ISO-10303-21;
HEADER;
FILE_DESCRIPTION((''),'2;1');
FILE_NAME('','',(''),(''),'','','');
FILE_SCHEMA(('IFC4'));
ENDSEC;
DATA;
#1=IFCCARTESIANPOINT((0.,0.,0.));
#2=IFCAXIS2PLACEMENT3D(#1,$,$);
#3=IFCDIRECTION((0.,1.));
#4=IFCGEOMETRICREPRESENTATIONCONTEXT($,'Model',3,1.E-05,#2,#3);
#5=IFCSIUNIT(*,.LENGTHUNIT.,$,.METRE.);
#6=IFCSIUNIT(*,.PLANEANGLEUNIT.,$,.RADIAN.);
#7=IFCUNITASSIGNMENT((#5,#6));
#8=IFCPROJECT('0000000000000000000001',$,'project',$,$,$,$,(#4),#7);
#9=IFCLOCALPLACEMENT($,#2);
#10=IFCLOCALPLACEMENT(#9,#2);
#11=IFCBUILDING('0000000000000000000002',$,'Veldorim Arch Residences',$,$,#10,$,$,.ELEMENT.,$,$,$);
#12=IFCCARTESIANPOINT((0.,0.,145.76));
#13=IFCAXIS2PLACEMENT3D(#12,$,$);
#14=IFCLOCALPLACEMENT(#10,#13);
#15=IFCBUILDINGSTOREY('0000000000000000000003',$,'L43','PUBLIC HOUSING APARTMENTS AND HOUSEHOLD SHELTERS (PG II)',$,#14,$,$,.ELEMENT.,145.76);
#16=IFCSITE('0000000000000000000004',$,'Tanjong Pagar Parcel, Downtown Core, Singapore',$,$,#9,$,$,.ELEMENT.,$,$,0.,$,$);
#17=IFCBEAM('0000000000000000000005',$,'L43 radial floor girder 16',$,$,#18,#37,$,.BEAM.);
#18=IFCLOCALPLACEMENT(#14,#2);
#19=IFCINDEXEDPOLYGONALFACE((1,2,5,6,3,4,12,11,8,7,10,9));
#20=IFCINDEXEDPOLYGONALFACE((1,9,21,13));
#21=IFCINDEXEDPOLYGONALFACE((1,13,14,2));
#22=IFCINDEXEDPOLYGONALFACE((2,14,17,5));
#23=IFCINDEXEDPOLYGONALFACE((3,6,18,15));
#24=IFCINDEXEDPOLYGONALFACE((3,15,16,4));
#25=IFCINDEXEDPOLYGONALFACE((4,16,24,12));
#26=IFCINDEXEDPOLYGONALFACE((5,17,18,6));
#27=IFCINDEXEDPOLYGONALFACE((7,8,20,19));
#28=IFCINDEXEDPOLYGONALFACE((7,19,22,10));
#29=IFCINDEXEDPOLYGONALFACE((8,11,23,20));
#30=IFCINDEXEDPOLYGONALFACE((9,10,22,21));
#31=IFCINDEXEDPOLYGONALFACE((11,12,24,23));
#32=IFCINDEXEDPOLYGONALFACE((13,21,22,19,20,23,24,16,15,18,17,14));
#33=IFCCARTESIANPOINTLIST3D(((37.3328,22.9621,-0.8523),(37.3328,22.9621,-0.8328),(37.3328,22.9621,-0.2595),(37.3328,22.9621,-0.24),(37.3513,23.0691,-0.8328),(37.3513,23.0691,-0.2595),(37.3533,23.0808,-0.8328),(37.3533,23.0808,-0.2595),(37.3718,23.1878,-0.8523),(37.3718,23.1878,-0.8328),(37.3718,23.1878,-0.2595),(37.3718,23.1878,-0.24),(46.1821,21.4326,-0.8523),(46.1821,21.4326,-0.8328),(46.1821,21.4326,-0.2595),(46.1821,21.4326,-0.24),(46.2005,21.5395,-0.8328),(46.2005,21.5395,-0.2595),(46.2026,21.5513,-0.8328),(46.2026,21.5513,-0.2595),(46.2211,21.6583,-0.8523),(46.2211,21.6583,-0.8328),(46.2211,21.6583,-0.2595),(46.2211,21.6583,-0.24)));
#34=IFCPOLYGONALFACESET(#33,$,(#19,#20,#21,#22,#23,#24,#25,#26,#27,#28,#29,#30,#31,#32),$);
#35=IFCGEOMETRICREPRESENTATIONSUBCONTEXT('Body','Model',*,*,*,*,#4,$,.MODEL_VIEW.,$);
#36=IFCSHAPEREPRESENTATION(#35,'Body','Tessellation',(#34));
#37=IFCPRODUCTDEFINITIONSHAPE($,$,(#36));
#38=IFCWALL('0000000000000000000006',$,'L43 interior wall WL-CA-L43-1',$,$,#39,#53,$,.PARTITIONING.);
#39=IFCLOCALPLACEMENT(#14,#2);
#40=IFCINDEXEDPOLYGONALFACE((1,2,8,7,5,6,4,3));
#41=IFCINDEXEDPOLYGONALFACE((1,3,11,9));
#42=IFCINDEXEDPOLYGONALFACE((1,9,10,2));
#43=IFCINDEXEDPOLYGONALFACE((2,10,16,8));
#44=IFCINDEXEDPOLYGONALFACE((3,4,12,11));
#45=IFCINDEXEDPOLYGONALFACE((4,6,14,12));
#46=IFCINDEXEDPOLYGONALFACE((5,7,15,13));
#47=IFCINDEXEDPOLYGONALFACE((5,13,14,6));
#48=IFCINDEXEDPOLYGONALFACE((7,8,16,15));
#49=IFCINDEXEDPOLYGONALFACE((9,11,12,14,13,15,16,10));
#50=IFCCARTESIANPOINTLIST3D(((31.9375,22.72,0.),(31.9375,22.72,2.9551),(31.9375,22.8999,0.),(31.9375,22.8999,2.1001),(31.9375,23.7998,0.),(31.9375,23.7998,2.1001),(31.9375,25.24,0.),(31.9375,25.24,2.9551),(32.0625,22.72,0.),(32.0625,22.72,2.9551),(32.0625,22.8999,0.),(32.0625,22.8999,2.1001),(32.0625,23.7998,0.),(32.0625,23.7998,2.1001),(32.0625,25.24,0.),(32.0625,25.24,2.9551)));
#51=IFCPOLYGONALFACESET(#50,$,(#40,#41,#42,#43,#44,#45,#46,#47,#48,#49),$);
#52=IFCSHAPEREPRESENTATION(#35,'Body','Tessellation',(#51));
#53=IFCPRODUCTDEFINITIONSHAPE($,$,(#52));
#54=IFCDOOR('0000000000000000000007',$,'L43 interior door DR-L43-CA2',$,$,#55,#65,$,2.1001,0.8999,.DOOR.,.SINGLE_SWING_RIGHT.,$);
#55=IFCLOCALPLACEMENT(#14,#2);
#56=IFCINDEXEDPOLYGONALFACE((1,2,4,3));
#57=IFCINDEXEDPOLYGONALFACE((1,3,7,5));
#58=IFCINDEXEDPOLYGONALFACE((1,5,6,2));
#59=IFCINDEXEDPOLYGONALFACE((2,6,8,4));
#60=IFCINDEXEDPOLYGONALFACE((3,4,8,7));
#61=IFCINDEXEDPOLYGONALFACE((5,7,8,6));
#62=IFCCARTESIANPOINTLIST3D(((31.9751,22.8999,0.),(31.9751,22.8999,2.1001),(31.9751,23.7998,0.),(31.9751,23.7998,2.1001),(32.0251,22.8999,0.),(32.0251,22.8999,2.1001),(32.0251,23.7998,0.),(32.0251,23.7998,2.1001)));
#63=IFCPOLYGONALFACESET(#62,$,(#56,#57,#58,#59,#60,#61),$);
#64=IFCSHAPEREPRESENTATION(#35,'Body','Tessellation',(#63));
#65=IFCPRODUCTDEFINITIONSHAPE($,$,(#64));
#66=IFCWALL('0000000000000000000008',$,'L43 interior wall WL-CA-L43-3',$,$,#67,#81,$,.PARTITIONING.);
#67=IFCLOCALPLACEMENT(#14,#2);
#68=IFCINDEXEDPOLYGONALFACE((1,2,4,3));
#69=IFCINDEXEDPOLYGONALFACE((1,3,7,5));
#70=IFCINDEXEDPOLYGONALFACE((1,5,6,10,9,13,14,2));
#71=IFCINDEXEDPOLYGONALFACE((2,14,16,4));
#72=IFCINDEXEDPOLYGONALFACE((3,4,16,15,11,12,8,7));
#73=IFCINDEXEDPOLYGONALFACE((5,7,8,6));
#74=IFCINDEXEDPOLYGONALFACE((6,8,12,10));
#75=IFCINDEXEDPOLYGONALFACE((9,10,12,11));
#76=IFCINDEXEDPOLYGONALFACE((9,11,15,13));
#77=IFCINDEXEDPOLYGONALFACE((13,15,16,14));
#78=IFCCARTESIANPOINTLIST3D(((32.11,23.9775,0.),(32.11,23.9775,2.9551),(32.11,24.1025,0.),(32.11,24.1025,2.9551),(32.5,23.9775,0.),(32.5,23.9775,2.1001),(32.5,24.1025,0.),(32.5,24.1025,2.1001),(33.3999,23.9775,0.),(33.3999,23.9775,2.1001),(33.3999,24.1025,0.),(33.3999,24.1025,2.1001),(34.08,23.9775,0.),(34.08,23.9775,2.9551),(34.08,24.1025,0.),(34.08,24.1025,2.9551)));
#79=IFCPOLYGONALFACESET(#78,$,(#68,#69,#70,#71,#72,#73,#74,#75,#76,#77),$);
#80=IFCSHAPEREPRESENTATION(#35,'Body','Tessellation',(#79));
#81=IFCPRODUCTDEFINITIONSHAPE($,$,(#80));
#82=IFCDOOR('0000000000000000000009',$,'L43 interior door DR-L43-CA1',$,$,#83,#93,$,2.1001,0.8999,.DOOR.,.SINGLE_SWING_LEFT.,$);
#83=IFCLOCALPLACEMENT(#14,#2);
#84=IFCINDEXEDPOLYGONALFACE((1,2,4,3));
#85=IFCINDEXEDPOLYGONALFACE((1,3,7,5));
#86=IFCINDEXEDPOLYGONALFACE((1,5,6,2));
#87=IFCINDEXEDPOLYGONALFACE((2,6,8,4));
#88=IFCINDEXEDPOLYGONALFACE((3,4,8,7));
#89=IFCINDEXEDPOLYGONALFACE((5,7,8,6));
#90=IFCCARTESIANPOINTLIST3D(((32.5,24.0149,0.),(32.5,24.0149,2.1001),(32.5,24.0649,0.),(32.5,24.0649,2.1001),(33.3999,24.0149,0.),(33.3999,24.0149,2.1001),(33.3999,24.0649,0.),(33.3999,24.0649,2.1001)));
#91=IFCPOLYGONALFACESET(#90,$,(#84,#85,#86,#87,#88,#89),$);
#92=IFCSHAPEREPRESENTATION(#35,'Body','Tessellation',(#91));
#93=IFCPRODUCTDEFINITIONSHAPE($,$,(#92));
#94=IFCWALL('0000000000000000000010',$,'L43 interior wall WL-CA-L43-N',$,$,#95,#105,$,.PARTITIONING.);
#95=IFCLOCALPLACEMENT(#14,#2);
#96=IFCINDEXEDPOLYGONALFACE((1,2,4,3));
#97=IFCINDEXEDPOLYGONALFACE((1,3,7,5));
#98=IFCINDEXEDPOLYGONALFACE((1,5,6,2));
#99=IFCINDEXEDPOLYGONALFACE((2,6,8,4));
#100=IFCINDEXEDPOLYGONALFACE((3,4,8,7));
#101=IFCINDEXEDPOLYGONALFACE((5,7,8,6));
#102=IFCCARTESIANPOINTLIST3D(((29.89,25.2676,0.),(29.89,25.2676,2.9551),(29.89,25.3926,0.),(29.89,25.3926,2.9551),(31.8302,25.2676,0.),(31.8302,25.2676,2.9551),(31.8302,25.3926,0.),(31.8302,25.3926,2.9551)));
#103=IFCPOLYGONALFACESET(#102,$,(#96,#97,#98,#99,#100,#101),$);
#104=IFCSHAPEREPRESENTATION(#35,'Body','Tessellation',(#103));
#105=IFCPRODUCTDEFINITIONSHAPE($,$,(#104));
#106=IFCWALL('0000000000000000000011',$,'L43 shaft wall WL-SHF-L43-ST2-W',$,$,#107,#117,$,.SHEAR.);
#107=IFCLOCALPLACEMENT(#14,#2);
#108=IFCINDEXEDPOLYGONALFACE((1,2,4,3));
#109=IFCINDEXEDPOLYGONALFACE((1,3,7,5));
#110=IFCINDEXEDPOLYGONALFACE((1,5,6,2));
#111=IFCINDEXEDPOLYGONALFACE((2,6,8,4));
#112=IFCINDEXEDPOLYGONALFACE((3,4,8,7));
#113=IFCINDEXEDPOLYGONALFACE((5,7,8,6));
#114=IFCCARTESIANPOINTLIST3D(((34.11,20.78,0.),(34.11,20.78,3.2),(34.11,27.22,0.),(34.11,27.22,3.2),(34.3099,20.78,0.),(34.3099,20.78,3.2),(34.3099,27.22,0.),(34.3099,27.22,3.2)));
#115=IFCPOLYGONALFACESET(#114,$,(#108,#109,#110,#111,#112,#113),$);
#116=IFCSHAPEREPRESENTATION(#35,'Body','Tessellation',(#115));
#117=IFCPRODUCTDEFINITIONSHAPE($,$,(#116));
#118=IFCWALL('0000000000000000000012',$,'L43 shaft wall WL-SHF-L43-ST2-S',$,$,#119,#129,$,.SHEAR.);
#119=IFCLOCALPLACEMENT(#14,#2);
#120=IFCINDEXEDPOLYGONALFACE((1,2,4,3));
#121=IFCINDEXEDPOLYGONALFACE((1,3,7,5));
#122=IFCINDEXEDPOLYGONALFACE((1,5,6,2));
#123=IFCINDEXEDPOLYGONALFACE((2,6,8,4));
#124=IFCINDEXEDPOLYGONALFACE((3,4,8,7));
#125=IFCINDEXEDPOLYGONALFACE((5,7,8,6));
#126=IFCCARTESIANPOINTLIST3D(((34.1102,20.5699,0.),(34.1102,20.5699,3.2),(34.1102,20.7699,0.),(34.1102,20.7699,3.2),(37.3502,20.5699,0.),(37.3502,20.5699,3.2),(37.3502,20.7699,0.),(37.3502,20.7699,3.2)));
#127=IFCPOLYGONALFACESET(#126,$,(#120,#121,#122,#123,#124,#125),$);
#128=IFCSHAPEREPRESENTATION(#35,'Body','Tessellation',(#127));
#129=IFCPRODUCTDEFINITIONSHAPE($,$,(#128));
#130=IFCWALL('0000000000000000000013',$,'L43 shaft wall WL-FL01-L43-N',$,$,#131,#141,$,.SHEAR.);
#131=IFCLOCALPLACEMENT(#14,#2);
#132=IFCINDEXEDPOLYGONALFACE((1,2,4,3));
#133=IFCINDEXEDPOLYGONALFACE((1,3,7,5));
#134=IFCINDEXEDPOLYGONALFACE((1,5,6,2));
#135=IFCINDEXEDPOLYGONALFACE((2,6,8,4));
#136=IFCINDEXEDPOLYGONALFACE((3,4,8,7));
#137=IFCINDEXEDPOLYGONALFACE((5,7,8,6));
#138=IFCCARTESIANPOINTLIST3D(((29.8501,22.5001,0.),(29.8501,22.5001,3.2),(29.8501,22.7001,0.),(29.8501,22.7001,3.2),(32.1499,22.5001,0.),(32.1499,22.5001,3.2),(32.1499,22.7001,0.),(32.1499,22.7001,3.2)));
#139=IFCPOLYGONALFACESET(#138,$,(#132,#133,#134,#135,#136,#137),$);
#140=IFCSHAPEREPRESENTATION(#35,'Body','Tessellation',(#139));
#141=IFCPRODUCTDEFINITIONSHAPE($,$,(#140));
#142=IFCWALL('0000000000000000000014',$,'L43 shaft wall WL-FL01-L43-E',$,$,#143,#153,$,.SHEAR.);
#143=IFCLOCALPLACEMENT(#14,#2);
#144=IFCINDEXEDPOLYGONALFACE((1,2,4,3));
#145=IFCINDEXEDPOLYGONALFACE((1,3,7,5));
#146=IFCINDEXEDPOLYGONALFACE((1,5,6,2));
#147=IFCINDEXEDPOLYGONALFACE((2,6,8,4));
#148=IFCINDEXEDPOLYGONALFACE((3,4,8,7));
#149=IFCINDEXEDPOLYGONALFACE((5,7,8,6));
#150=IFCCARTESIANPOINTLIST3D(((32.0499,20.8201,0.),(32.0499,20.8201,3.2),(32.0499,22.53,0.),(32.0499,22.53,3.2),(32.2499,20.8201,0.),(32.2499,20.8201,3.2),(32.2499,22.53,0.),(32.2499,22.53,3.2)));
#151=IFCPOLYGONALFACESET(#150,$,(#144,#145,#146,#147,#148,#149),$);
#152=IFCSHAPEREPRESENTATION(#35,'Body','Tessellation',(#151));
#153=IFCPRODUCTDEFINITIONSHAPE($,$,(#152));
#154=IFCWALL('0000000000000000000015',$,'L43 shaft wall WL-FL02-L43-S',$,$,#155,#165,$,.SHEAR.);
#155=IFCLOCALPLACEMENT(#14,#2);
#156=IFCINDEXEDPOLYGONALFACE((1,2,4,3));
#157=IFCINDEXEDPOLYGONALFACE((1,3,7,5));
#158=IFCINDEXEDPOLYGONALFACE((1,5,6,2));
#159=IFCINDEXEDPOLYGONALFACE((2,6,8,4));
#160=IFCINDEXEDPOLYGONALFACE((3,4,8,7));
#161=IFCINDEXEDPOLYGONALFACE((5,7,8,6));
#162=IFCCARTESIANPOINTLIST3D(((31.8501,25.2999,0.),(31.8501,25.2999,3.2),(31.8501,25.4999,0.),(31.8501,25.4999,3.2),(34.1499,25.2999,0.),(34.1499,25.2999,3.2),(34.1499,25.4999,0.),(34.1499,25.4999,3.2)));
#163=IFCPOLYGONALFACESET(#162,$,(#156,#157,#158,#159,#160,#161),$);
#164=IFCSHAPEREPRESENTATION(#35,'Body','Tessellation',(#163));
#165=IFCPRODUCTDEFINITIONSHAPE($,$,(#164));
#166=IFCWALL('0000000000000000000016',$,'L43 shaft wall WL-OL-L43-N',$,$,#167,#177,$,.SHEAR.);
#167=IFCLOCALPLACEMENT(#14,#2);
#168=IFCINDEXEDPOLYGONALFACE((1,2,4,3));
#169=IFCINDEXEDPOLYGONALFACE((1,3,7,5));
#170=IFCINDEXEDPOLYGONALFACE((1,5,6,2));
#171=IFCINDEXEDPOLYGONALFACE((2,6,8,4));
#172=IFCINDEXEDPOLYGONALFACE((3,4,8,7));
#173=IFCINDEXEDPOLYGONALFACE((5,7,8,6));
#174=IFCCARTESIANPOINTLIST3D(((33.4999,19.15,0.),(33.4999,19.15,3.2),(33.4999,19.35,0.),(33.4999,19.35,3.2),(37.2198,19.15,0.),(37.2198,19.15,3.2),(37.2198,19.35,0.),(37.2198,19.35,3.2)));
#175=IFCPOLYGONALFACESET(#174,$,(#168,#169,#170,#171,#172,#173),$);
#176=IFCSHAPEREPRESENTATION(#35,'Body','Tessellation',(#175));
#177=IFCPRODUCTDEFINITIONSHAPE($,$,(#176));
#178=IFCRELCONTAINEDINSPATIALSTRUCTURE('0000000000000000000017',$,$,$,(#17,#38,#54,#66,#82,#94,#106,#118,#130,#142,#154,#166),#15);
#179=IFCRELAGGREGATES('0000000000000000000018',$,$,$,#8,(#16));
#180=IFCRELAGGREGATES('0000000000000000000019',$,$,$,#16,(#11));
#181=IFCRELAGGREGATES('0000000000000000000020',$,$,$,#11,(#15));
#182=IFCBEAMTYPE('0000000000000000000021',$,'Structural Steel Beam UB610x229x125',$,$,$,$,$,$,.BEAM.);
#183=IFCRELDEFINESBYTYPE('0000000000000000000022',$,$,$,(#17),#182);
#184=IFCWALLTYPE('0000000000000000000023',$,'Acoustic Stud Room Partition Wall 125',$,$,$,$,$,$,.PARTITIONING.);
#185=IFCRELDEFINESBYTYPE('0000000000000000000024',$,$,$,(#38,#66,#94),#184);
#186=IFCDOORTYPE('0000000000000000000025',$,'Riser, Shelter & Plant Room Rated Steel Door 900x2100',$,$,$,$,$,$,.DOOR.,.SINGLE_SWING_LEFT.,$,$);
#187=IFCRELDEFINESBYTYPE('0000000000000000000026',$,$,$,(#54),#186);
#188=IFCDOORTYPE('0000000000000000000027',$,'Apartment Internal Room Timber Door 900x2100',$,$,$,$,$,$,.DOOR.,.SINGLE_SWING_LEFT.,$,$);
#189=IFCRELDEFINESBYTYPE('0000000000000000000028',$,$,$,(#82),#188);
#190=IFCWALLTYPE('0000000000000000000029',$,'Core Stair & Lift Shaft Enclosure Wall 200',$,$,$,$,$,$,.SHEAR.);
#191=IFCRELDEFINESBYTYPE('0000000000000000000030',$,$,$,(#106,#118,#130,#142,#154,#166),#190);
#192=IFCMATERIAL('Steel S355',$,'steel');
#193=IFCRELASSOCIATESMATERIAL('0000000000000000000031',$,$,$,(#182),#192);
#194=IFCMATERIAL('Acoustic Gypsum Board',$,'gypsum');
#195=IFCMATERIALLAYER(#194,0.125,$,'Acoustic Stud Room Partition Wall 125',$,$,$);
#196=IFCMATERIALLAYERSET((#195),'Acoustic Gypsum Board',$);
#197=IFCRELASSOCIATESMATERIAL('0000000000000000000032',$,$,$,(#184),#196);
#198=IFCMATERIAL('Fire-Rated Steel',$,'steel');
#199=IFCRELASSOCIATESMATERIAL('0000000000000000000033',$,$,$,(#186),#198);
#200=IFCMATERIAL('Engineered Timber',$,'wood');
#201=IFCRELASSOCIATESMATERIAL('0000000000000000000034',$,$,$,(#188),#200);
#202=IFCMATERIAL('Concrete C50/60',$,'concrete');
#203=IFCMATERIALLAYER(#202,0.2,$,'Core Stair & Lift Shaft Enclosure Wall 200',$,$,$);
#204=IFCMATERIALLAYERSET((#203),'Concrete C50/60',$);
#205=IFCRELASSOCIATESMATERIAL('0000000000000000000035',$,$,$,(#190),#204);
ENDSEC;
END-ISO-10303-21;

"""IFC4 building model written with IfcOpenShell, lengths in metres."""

from ifc_helpers import new_model, si_unit, direction, frame, frame_2d, origin, origin_2d, place, context, subcontext, project, spatial, rectangle, i_section, extrude, material, layer, layer_set, material_profile, profile_set, type_object, element, fill, save


model = new_model("IFC4")

# Units and contexts
model_context = context("Model", 3, precision=1e-05, world=origin(), true_north=direction((0.0, 1.0)))
body_context = subcontext(model_context, "Body", "Model", "MODEL_VIEW")
ifc_project = project(units=[si_unit("LENGTHUNIT", "METRE"), si_unit("PLANEANGLEUNIT", "RADIAN")], contexts=[model_context])

# Site, building, storey
site_placement = place(None, origin())
site = spatial("IfcSite", under=ifc_project, at=site_placement, Name="Tanjong Pagar Parcel, Downtown Core, Singapore", CompositionType="ELEMENT", RefElevation=0.0)
building_placement = place(site_placement, origin())
building = spatial("IfcBuilding", under=site, at=building_placement, Name="Veldorim Arch Residences", CompositionType="ELEMENT")
storey_placement = place(building_placement, frame((0.0, 0.0, 145.76)))
storey = spatial("IfcBuildingStorey", under=building, at=storey_placement, Name="L43", Description="PUBLIC HOUSING APARTMENTS AND HOUSEHOLD SHELTERS (PG II)", CompositionType="ELEMENT", Elevation=145.76)

# Beam
ifc_material_1 = material(Name="Steel S355", Category="steel")
ifc_material_profile = material_profile(ifc_material_1, i_section(OverallWidth=0.229, OverallDepth=0.6123, WebThickness=0.012, FlangeThickness=0.0195, at=origin_2d()), Name="UB610x229x125")
ifc_profile_set = profile_set([ifc_material_profile], Name="Steel S355")
beam_type = type_object("IfcBeamType", Name="Structural Steel Beam UB610x229x125", PredefinedType="BEAM", material=ifc_profile_set)
beam_placement = place(storey_placement, frame((37.3523, 23.075, -0.5461), z_axis=(0.985389, -0.170317, 0.0), x_axis=(0.170317, 0.985389, 0.0)))
element("IfcBeam", 1, at=beam_placement, inside=storey, type_object=beam_type, Name="L43 radial floor girder 16", PredefinedType="BEAM", context=body_context, shape_type="SweptSolid", body=[
    extrude(i_section(OverallWidth=0.229, OverallDepth=0.6123, WebThickness=0.012, FlangeThickness=0.0195, at=origin_2d()), origin(), (0.0, 0.0, 1.0), 8.9805),
])

# Walls, openings, doors
ifc_material_2 = material(Name="Acoustic Gypsum Board", Category="gypsum")
ifc_layer_1 = layer(ifc_material_2, 0.125, Name="Acoustic Stud Room Partition Wall 125")
ifc_layer_set_1 = layer_set([ifc_layer_1], Name="Acoustic Gypsum Board")
wall_type_1 = type_object("IfcWallType", Name="Acoustic Stud Room Partition Wall 125", PredefinedType="PARTITIONING", material=ifc_layer_set_1)
wall_1_placement = place(storey_placement, frame((32.0, 22.72, 0.0), z_axis=(0.0, 0.0, 1.0), x_axis=(0.0, 1.0, 0.0)))
wall_1 = element("IfcWall", 2, at=wall_1_placement, inside=storey, type_object=wall_type_1, Name="L43 interior wall WL-CA-L43-1", PredefinedType="PARTITIONING", context=body_context, shape_type="SweptSolid", body=[
    extrude(rectangle(XDim=2.52, YDim=0.125, at=frame_2d((1.26, 0.0))), origin(), (0.0, 0.0, 1.0), 2.9551),
])
opening_1_placement = place(wall_1_placement, frame((0.1799, 0.0, 0.0)))
opening_1 = element("IfcOpeningElement", 3, at=opening_1_placement, cuts=wall_1, PredefinedType="OPENING", context=body_context, shape_type="SweptSolid", body=[
    extrude(rectangle(XDim=0.8999, YDim=2.1001, at=frame_2d((0.45, 1.05))), frame((0.0, 0.0725, 0.0), z_axis=(0.0, -1.0, 0.0), x_axis=(1.0, 0.0, 0.0)), (0.0, 0.0, 1.0), 0.145),
])
ifc_material_3 = material(Name="Fire-Rated Steel", Category="steel")
door_type_1 = type_object("IfcDoorType", Name="Riser, Shelter & Plant Room Rated Steel Door 900x2100", OperationType="SINGLE_SWING_LEFT", PredefinedType="DOOR", material=ifc_material_3)
door_1_placement = place(opening_1_placement, origin())
door_1 = element("IfcDoor", 4, at=door_1_placement, inside=storey, type_object=door_type_1, Name="L43 interior door DR-L43-CA2", OperationType="SINGLE_SWING_RIGHT", OverallHeight=2.1001, OverallWidth=0.8999, PredefinedType="DOOR", context=body_context, shape_type="SweptSolid", body=[
    extrude(rectangle(XDim=0.8999, YDim=2.1001, at=frame_2d((0.45, 1.05))), frame((0.0, 0.0249, 0.0), z_axis=(0.0, -1.0, 0.0), x_axis=(1.0, 0.0, 0.0)), (0.0, 0.0, 1.0), 0.05),
])
fill(opening_1, door_1)
wall_2_placement = place(storey_placement, frame((32.1101, 24.04, 0.0), z_axis=(0.0, 0.0, 1.0), x_axis=(1.0, 0.0, 0.0)))
wall_2 = element("IfcWall", 5, at=wall_2_placement, inside=storey, type_object=wall_type_1, Name="L43 interior wall WL-CA-L43-3", PredefinedType="PARTITIONING", context=body_context, shape_type="SweptSolid", body=[
    extrude(rectangle(XDim=1.97, YDim=0.125, at=frame_2d((0.9849, 0.0))), origin(), (0.0, 0.0, 1.0), 2.9551),
])
opening_2_placement = place(wall_2_placement, frame((0.3899, 0.0, 0.0)))
opening_2 = element("IfcOpeningElement", 6, at=opening_2_placement, cuts=wall_2, PredefinedType="OPENING", context=body_context, shape_type="SweptSolid", body=[
    extrude(rectangle(XDim=0.8999, YDim=2.1001, at=frame_2d((0.45, 1.05))), frame((0.0, 0.0725, 0.0), z_axis=(0.0, -1.0, 0.0), x_axis=(1.0, 0.0, 0.0)), (0.0, 0.0, 1.0), 0.145),
])
ifc_material_4 = material(Name="Engineered Timber", Category="wood")
door_type_2 = type_object("IfcDoorType", Name="Apartment Internal Room Timber Door 900x2100", OperationType="SINGLE_SWING_LEFT", PredefinedType="DOOR", material=ifc_material_4)
door_2_placement = place(opening_2_placement, origin())
door_2 = element("IfcDoor", 7, at=door_2_placement, inside=storey, type_object=door_type_2, Name="L43 interior door DR-L43-CA1", OperationType="SINGLE_SWING_LEFT", OverallHeight=2.1001, OverallWidth=0.8999, PredefinedType="DOOR", context=body_context, shape_type="SweptSolid", body=[
    extrude(rectangle(XDim=0.8999, YDim=2.1001, at=frame_2d((0.45, 1.05))), frame((0.0, 0.0249, 0.0), z_axis=(0.0, -1.0, 0.0), x_axis=(1.0, 0.0, 0.0)), (0.0, 0.0, 1.0), 0.05),
])
fill(opening_2, door_2)

# Walls
wall_3_placement = place(storey_placement, frame((29.8899, 25.3301, 0.0), z_axis=(0.0, 0.0, 1.0), x_axis=(1.0, 0.0, 0.0)))
element("IfcWall", 8, at=wall_3_placement, inside=storey, type_object=wall_type_1, Name="L43 interior wall WL-CA-L43-N", PredefinedType="PARTITIONING", context=body_context, shape_type="SweptSolid", body=[
    extrude(rectangle(XDim=1.9402, YDim=0.125, at=frame_2d((0.9702, 0.0))), origin(), (0.0, 0.0, 1.0), 2.9551),
])
ifc_material_5 = material(Name="Concrete C50/60", Category="concrete")
ifc_layer_2 = layer(ifc_material_5, 0.2, Name="Core Stair & Lift Shaft Enclosure Wall 200")
ifc_layer_set_2 = layer_set([ifc_layer_2], Name="Concrete C50/60")
wall_type_2 = type_object("IfcWallType", Name="Core Stair & Lift Shaft Enclosure Wall 200", PredefinedType="SHEAR", material=ifc_layer_set_2)
wall_4_placement = place(storey_placement, frame((34.21, 20.78, 0.0), z_axis=(0.0, 0.0, 1.0), x_axis=(0.0, 1.0, 0.0)))
element("IfcWall", 9, at=wall_4_placement, inside=storey, type_object=wall_type_2, Name="L43 shaft wall WL-SHF-L43-ST2-W", PredefinedType="SHEAR", context=body_context, shape_type="SweptSolid", body=[
    extrude(rectangle(XDim=6.4399, YDim=0.2, at=frame_2d((3.22, 0.0))), origin(), (0.0, 0.0, 1.0), 3.2),
])
wall_5_placement = place(storey_placement, frame((34.1101, 20.6699, 0.0), z_axis=(0.0, 0.0, 1.0), x_axis=(1.0, 0.0, 0.0)))
element("IfcWall", 10, at=wall_5_placement, inside=storey, type_object=wall_type_2, Name="L43 shaft wall WL-SHF-L43-ST2-S", PredefinedType="SHEAR", context=body_context, shape_type="SweptSolid", body=[
    extrude(rectangle(XDim=3.24, YDim=0.2, at=frame_2d((1.6201, 0.0))), origin(), (0.0, 0.0, 1.0), 3.2),
])

# Walls
wall_6_placement = place(storey_placement, frame((29.8501, 22.6001, 0.0), z_axis=(0.0, 0.0, 1.0), x_axis=(1.0, 0.0, 0.0)))
element("IfcWall", 11, at=wall_6_placement, inside=storey, type_object=wall_type_2, Name="L43 shaft wall WL-FL01-L43-N", PredefinedType="SHEAR", context=body_context, shape_type="SweptSolid", body=[
    extrude(rectangle(XDim=2.2998, YDim=0.2, at=frame_2d((1.1499, 0.0))), origin(), (0.0, 0.0, 1.0), 3.2),
])
wall_7_placement = place(storey_placement, frame((32.1499, 20.8201, 0.0), z_axis=(0.0, 0.0, 1.0), x_axis=(0.0, 1.0, 0.0)))
element("IfcWall", 12, at=wall_7_placement, inside=storey, type_object=wall_type_2, Name="L43 shaft wall WL-FL01-L43-E", PredefinedType="SHEAR", context=body_context, shape_type="SweptSolid", body=[
    extrude(rectangle(XDim=1.71, YDim=0.2, at=frame_2d((0.855, 0.0))), origin(), (0.0, 0.0, 1.0), 3.2),
])
wall_8_placement = place(storey_placement, frame((31.8501, 25.3999, 0.0), z_axis=(0.0, 0.0, 1.0), x_axis=(1.0, 0.0, 0.0)))
element("IfcWall", 13, at=wall_8_placement, inside=storey, type_object=wall_type_2, Name="L43 shaft wall WL-FL02-L43-S", PredefinedType="SHEAR", context=body_context, shape_type="SweptSolid", body=[
    extrude(rectangle(XDim=2.2998, YDim=0.2, at=frame_2d((1.1499, 0.0))), origin(), (0.0, 0.0, 1.0), 3.2),
])
wall_9_placement = place(storey_placement, frame((33.5, 19.25, 0.0), z_axis=(0.0, 0.0, 1.0), x_axis=(1.0, 0.0, 0.0)))
element("IfcWall", 14, at=wall_9_placement, inside=storey, type_object=wall_type_2, Name="L43 shaft wall WL-OL-L43-N", PredefinedType="SHEAR", context=body_context, shape_type="SweptSolid", body=[
    extrude(rectangle(XDim=3.72, YDim=0.2, at=frame_2d((1.8599, 0.0))), origin(), (0.0, 0.0, 1.0), 3.2),
])

save(model, "model.ifc")
